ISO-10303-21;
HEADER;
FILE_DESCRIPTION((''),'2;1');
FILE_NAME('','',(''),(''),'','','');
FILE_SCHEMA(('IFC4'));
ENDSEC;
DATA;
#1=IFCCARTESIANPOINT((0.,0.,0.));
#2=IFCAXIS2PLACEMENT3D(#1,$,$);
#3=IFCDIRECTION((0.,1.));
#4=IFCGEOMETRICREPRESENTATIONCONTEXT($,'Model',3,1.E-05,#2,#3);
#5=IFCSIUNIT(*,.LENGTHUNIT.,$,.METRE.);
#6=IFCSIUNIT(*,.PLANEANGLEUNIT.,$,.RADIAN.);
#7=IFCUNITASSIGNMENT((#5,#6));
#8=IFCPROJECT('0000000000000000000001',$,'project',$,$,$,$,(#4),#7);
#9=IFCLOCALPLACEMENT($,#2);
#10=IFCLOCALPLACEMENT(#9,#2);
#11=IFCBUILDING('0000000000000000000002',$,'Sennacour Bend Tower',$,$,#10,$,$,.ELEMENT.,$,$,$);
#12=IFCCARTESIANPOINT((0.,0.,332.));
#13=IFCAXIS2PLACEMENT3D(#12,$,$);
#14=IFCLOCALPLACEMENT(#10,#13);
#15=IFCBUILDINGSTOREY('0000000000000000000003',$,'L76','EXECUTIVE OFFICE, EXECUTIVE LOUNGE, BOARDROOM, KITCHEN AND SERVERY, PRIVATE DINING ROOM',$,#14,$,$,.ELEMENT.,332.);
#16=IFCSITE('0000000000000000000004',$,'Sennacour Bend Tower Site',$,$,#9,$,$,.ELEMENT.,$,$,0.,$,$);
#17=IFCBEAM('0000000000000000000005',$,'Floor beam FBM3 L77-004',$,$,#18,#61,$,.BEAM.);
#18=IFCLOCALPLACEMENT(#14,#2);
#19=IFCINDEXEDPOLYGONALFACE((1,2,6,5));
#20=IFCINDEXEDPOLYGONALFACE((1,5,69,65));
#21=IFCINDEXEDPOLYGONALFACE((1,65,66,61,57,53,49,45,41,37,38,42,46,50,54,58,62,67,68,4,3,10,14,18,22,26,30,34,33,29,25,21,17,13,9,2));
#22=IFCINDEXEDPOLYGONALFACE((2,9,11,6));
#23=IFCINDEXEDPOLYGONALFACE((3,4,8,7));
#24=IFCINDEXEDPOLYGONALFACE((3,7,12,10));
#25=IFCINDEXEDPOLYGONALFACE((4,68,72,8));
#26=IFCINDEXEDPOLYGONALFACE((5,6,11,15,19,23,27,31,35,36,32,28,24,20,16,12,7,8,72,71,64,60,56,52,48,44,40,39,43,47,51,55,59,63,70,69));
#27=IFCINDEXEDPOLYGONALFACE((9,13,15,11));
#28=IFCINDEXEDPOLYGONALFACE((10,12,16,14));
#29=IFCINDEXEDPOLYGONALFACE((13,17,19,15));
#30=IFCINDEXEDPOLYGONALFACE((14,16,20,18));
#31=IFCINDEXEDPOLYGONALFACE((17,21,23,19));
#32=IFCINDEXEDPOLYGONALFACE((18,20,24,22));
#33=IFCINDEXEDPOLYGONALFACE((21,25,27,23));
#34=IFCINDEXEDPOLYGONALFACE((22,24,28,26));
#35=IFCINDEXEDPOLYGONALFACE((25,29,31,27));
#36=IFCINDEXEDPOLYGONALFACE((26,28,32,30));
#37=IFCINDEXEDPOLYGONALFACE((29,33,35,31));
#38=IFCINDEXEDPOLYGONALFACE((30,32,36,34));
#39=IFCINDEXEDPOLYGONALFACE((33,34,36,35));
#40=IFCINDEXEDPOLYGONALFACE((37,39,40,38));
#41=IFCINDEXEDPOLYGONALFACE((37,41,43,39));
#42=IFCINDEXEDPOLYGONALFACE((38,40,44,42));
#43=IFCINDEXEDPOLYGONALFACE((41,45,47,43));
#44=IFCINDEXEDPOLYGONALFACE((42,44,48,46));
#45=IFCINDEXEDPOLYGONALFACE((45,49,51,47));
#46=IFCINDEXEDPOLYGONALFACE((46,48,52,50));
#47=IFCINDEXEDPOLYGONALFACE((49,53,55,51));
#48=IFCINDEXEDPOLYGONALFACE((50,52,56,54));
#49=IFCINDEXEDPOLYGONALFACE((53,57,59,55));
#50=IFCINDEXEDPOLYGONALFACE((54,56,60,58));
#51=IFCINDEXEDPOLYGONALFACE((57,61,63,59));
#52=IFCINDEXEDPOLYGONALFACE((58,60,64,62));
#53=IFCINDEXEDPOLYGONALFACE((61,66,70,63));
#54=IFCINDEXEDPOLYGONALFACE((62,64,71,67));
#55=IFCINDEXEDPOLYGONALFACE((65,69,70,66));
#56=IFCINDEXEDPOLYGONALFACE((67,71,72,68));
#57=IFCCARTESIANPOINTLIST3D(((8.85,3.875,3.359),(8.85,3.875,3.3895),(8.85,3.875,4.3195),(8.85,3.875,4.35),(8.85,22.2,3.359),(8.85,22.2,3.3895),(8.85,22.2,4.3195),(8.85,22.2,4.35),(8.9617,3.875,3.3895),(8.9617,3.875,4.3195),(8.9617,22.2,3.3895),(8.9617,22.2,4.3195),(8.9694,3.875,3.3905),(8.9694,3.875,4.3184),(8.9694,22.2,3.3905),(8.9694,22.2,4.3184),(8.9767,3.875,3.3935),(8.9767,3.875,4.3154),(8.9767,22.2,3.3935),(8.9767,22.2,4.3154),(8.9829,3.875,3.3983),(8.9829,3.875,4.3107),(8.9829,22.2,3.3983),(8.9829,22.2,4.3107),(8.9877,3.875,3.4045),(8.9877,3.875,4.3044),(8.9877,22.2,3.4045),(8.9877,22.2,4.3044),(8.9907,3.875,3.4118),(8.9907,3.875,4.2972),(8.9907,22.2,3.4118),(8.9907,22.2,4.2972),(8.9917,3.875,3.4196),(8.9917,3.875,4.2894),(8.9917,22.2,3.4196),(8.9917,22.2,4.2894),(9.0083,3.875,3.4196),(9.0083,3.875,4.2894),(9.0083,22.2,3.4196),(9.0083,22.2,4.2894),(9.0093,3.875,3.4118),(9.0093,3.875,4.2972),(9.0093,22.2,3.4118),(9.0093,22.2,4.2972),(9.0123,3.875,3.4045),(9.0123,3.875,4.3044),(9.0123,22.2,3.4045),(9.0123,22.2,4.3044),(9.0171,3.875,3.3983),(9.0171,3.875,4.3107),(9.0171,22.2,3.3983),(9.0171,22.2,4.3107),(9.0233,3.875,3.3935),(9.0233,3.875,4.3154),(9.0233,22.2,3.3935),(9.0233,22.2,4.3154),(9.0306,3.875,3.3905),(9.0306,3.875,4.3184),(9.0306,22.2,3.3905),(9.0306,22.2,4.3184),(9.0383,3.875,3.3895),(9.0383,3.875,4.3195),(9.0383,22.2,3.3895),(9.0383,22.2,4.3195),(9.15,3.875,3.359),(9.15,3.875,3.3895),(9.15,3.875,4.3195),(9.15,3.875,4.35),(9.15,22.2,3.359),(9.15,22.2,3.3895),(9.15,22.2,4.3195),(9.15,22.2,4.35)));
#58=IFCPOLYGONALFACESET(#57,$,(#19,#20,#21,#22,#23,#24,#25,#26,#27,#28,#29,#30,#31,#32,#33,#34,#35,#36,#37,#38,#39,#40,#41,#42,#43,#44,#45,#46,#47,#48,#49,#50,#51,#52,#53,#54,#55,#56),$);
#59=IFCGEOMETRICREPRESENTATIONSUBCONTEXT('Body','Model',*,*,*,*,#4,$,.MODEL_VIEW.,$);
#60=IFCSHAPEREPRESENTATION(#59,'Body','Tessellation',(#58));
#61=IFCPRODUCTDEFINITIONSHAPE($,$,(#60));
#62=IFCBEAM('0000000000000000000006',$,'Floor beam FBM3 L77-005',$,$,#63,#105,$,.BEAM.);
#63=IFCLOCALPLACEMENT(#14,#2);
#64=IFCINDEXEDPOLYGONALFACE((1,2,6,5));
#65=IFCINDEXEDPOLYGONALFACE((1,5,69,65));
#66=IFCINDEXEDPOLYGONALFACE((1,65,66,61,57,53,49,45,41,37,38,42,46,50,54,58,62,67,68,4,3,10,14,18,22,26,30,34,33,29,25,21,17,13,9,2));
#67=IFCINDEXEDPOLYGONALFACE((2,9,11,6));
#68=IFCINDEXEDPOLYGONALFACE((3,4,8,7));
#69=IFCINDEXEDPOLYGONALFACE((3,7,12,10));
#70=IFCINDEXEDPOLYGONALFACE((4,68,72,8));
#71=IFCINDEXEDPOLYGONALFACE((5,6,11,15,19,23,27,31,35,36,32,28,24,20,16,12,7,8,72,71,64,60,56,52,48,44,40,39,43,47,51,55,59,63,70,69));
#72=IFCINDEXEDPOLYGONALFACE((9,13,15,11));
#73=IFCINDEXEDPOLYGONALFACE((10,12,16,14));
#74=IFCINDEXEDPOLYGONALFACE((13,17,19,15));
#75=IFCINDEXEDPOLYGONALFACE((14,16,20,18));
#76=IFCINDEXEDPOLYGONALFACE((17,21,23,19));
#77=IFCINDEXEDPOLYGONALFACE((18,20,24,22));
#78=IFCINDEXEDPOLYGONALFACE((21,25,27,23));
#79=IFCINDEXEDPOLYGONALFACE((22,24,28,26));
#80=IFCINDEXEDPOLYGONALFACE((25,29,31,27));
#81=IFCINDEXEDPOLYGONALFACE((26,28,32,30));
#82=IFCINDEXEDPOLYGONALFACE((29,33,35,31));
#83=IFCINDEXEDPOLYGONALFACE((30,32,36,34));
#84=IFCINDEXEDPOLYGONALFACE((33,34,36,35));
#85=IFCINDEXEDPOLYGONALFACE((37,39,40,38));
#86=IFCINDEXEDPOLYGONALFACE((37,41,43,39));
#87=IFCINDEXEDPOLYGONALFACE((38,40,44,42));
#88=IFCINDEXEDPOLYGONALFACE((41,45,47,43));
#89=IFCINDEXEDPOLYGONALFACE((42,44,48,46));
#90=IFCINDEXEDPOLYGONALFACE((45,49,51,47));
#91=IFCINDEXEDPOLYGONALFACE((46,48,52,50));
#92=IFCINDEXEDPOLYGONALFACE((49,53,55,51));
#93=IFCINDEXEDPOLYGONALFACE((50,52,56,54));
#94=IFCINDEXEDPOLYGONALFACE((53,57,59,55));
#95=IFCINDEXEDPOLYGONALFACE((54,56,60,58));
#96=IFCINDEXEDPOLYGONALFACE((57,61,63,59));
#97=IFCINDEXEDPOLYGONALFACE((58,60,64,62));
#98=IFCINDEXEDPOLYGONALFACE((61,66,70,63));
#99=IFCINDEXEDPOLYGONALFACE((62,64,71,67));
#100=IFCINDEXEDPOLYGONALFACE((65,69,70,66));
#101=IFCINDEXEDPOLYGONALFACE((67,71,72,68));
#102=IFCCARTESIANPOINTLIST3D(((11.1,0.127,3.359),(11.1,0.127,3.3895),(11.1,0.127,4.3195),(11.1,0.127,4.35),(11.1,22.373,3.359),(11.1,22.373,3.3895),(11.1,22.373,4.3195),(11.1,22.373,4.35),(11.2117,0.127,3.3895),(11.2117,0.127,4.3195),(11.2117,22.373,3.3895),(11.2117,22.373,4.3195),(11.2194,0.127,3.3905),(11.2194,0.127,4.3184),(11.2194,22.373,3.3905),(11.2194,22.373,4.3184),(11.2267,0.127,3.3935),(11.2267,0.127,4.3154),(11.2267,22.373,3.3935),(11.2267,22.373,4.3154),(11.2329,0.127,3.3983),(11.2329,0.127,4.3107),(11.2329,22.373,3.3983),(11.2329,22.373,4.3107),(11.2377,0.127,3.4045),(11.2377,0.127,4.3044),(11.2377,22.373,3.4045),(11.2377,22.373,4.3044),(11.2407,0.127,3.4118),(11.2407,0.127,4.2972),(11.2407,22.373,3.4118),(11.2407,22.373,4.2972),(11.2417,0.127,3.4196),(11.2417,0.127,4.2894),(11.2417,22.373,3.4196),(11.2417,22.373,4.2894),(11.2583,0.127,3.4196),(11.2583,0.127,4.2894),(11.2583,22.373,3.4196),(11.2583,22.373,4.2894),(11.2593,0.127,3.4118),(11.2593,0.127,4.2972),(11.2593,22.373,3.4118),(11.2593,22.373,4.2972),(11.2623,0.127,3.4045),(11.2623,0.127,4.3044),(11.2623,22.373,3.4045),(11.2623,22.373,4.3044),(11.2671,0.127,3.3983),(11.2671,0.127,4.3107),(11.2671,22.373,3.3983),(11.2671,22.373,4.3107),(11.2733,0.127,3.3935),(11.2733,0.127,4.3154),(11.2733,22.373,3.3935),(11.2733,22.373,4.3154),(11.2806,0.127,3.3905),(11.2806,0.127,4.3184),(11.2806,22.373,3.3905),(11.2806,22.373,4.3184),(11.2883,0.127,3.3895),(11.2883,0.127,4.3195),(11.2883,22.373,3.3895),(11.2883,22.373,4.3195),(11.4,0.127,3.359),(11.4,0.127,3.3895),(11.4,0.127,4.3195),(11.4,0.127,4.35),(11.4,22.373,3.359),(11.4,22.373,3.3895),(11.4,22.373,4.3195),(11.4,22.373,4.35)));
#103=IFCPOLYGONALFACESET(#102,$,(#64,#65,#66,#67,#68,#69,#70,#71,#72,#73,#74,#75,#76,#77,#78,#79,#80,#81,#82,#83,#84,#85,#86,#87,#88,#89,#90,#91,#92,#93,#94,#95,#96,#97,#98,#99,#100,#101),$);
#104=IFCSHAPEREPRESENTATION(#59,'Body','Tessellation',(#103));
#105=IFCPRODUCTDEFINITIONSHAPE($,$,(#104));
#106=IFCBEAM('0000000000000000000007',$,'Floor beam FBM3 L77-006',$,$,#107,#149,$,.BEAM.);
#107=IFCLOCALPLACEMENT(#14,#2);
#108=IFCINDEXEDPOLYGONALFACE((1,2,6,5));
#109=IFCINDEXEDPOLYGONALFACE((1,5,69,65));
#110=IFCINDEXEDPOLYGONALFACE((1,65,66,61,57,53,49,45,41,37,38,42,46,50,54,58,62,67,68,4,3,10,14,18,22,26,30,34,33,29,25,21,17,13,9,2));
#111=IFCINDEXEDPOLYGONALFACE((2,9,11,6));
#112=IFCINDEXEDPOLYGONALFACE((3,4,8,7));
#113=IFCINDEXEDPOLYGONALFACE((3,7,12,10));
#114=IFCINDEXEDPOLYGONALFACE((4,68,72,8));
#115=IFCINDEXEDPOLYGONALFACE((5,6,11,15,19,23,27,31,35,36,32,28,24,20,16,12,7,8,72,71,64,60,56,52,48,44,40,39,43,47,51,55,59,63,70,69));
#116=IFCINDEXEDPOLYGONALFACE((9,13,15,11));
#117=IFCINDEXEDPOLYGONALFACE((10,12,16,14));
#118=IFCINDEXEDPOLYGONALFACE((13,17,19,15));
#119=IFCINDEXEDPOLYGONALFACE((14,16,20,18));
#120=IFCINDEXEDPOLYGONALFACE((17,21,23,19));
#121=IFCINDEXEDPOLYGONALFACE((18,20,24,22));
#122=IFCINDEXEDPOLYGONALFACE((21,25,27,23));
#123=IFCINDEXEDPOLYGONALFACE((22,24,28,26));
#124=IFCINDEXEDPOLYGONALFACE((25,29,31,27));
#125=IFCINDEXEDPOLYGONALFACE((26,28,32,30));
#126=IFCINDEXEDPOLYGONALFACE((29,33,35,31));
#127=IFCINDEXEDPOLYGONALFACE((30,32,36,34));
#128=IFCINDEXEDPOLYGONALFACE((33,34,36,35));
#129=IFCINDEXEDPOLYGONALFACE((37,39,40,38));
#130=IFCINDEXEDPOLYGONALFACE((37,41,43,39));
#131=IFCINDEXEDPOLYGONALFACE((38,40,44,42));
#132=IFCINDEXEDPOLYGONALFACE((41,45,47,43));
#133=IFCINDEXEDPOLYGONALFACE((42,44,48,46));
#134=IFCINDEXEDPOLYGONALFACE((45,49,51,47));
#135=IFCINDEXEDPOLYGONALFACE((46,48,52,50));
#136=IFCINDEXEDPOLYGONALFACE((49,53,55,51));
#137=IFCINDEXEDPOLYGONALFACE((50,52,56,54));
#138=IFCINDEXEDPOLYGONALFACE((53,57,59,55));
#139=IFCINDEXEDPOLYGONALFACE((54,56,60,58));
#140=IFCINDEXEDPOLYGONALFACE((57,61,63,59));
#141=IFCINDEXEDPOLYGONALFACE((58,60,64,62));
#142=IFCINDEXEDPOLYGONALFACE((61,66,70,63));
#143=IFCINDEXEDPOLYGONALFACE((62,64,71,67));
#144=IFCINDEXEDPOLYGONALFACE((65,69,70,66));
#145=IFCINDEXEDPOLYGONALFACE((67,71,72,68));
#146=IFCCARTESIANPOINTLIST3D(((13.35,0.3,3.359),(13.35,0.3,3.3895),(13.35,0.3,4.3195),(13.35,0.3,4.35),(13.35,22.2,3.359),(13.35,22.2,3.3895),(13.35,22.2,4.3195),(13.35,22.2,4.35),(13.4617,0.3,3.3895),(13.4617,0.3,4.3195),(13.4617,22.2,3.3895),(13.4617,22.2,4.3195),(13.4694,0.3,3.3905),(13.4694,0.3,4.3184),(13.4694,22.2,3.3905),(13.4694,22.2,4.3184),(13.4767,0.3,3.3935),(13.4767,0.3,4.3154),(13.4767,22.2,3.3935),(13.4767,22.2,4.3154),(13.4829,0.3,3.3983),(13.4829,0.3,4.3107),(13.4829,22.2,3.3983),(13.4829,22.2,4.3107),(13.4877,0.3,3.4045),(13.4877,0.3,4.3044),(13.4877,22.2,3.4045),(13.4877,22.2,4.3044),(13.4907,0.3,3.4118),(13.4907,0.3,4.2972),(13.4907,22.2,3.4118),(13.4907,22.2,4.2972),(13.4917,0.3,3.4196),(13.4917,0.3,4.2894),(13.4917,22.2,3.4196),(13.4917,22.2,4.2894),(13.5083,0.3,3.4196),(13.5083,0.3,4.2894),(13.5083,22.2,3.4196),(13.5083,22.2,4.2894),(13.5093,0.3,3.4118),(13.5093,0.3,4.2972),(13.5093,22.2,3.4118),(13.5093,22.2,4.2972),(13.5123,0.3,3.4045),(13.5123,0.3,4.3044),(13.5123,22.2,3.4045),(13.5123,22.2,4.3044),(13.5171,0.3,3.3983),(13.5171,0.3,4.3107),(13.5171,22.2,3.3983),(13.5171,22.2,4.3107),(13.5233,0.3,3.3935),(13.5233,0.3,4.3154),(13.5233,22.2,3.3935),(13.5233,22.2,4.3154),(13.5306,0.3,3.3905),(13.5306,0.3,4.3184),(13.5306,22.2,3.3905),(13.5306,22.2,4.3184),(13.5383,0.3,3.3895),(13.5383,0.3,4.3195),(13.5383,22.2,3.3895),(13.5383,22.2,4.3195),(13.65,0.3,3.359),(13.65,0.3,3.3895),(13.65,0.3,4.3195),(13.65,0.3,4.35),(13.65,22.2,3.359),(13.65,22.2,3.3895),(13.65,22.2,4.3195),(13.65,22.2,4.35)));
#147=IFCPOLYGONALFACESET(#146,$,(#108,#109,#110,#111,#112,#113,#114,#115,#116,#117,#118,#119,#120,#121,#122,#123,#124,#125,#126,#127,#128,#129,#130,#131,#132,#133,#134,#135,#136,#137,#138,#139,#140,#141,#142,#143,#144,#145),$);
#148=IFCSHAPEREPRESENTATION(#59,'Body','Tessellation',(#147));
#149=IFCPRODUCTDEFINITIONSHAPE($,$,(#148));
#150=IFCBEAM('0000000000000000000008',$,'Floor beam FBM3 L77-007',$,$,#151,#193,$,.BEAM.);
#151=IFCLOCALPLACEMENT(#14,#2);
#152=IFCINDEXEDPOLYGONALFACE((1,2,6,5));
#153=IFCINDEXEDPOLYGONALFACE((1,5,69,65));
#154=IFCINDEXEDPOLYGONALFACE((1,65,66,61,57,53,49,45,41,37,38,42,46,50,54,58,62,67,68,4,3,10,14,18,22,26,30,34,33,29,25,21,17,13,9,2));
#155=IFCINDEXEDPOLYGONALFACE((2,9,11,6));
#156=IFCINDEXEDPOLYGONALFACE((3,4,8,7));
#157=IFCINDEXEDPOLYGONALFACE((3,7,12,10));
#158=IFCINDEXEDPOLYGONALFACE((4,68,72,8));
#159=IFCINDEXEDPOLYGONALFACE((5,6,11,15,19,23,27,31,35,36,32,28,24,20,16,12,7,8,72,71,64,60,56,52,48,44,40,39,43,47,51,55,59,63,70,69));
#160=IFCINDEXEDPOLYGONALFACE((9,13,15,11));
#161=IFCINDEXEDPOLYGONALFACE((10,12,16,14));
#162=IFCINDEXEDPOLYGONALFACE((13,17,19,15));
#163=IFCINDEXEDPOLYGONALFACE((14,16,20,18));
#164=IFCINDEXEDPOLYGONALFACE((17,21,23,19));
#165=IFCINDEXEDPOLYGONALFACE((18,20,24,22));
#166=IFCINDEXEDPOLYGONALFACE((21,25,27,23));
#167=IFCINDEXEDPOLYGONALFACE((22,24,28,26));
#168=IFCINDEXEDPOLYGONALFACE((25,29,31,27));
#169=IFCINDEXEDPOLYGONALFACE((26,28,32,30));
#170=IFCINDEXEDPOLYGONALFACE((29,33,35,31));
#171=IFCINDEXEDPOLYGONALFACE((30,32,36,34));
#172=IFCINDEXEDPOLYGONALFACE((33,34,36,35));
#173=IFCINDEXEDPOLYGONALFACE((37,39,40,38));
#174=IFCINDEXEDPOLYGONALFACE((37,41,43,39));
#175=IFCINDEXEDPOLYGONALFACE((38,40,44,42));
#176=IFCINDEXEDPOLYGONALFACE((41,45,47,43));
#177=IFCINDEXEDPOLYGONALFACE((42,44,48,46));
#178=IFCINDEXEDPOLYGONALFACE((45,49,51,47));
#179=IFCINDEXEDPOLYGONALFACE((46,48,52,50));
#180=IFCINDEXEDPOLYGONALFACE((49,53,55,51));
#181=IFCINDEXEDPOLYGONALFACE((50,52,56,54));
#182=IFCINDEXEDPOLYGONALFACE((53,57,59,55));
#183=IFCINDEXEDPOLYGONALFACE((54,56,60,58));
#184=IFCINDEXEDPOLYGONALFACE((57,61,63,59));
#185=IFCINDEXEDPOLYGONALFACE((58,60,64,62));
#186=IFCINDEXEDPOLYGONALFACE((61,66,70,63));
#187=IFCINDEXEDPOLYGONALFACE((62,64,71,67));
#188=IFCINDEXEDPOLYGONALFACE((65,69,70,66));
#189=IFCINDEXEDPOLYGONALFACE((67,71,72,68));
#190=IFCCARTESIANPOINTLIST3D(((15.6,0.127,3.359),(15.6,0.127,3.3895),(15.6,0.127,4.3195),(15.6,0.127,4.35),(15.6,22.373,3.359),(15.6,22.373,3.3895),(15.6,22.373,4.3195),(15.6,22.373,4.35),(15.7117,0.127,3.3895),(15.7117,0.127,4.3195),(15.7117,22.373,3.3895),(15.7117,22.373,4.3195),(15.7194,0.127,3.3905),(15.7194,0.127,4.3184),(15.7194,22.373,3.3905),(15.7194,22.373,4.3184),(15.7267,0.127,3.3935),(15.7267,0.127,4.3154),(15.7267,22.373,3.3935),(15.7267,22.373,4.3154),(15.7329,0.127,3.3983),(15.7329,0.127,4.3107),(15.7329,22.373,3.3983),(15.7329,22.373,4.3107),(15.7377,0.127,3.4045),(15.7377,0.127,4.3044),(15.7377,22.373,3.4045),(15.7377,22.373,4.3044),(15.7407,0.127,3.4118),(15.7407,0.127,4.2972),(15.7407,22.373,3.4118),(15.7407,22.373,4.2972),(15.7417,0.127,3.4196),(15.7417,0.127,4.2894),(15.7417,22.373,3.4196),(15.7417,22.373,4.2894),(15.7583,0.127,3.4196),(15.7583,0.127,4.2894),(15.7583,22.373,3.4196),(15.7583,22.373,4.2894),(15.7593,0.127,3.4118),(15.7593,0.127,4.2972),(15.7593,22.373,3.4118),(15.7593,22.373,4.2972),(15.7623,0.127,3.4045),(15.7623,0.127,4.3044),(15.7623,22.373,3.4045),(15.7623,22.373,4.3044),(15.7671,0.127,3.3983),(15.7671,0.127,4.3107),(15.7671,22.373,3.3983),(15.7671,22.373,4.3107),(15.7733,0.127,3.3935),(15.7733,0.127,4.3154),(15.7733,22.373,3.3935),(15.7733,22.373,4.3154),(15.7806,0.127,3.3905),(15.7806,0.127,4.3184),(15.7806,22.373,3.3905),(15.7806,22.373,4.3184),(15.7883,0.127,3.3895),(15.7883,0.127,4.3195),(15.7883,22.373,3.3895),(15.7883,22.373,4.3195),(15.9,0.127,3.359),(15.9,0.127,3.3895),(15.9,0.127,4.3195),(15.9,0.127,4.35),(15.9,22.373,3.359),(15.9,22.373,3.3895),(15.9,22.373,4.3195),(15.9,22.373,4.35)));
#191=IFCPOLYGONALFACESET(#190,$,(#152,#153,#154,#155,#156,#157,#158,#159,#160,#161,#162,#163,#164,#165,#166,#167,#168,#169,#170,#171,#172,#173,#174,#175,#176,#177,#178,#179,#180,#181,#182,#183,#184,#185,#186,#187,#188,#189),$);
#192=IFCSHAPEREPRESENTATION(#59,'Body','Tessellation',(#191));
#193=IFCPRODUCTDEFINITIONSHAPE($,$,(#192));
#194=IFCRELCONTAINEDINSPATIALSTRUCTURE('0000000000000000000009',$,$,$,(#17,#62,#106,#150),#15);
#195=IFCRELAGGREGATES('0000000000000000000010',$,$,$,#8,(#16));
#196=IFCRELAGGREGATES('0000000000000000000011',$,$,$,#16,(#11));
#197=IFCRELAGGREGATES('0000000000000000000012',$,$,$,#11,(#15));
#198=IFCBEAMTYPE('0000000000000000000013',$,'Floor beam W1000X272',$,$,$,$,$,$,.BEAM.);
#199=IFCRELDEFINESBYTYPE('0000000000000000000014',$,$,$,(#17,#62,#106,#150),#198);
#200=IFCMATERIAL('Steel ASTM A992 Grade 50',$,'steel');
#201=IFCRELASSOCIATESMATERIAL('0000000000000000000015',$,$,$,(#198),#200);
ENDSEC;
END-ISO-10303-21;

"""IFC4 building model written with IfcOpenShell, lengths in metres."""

from ifc_helpers import new_model, si_unit, direction, frame, origin, origin_2d, place, context, subcontext, project, spatial, i_section, extrude, material, material_profile, profile_set, type_object, element, save


model = new_model("IFC4")

# Units and contexts
model_context = context("Model", 3, precision=1e-05, world=origin(), true_north=direction((0.0, 1.0)))
body_context = subcontext(model_context, "Body", "Model", "MODEL_VIEW")
ifc_project = project(units=[si_unit("LENGTHUNIT", "METRE"), si_unit("PLANEANGLEUNIT", "RADIAN")], contexts=[model_context])

# Site, building, storey
site_placement = place(None, origin())
site = spatial("IfcSite", under=ifc_project, at=site_placement, Name="Sennacour Bend Tower Site", CompositionType="ELEMENT", RefElevation=0.0)
building_placement = place(site_placement, origin())
building = spatial("IfcBuilding", under=site, at=building_placement, Name="Sennacour Bend Tower", CompositionType="ELEMENT")
storey_placement = place(building_placement, frame((0.0, 0.0, 332.0)))
storey = spatial("IfcBuildingStorey", under=building, at=storey_placement, Name="L76", Description="EXECUTIVE OFFICE, EXECUTIVE LOUNGE, BOARDROOM, KITCHEN AND SERVERY, PRIVATE DINING ROOM", CompositionType="ELEMENT", Elevation=332.0)

# Beams
ifc_material_1 = material(Name="Steel ASTM A992 Grade 50", Category="steel")
ifc_material_profile_1 = material_profile(ifc_material_1, i_section(OverallWidth=0.3, OverallDepth=0.991, WebThickness=0.0166, FlangeThickness=0.0305, FilletRadius=0.03, at=origin_2d()), Name="Steel ASTM A992 Grade 50", Category="steel")
ifc_profile_set_1 = profile_set([ifc_material_profile_1], Name="Steel ASTM A992 Grade 50")
beam_type_1 = type_object("IfcBeamType", Name="Floor beam W1000X272", PredefinedType="BEAM", material=ifc_profile_set_1)
beam_1_placement = place(storey_placement, frame((9.0, 3.875, 3.8545), z_axis=(0.0, 1.0, 0.0), x_axis=(-1.0, 0.0, 0.0)))
element("IfcBeam", 1, at=beam_1_placement, inside=storey, type_object=beam_type_1, Name="Floor beam FBM3 L77-004", PredefinedType="BEAM", context=body_context, shape_type="SweptSolid", body=[
    extrude(i_section(OverallWidth=0.3, OverallDepth=0.991, WebThickness=0.0166, FlangeThickness=0.0305, FilletRadius=0.03, at=origin_2d()), origin(), (0.0, 0.0, 1.0), 18.325),
])
beam_2_placement = place(storey_placement, frame((11.25, 0.127, 3.8545), z_axis=(0.0, 1.0, 0.0), x_axis=(-1.0, 0.0, 0.0)))
element("IfcBeam", 2, at=beam_2_placement, inside=storey, type_object=beam_type_1, Name="Floor beam FBM3 L77-005", PredefinedType="BEAM", context=body_context, shape_type="SweptSolid", body=[
    extrude(i_section(OverallWidth=0.3, OverallDepth=0.991, WebThickness=0.0166, FlangeThickness=0.0305, FilletRadius=0.03, at=origin_2d()), origin(), (0.0, 0.0, 1.0), 22.2461),
])
beam_3_placement = place(storey_placement, frame((13.5, 0.3, 3.8545), z_axis=(0.0, 1.0, 0.0), x_axis=(-1.0, 0.0, 0.0)))
element("IfcBeam", 3, at=beam_3_placement, inside=storey, type_object=beam_type_1, Name="Floor beam FBM3 L77-006", PredefinedType="BEAM", context=body_context, shape_type="SweptSolid", body=[
    extrude(i_section(OverallWidth=0.3, OverallDepth=0.991, WebThickness=0.0166, FlangeThickness=0.0305, FilletRadius=0.03, at=origin_2d()), origin(), (0.0, 0.0, 1.0), 21.8999),
])
beam_4_placement = place(storey_placement, frame((15.75, 0.127, 3.8545), z_axis=(0.0, 1.0, 0.0), x_axis=(-1.0, 0.0, 0.0)))
element("IfcBeam", 4, at=beam_4_placement, inside=storey, type_object=beam_type_1, Name="Floor beam FBM3 L77-007", PredefinedType="BEAM", context=body_context, shape_type="SweptSolid", body=[
    extrude(i_section(OverallWidth=0.3, OverallDepth=0.991, WebThickness=0.0166, FlangeThickness=0.0305, FilletRadius=0.03, at=origin_2d()), origin(), (0.0, 0.0, 1.0), 22.2461),
])

save(model, "model.ifc")
